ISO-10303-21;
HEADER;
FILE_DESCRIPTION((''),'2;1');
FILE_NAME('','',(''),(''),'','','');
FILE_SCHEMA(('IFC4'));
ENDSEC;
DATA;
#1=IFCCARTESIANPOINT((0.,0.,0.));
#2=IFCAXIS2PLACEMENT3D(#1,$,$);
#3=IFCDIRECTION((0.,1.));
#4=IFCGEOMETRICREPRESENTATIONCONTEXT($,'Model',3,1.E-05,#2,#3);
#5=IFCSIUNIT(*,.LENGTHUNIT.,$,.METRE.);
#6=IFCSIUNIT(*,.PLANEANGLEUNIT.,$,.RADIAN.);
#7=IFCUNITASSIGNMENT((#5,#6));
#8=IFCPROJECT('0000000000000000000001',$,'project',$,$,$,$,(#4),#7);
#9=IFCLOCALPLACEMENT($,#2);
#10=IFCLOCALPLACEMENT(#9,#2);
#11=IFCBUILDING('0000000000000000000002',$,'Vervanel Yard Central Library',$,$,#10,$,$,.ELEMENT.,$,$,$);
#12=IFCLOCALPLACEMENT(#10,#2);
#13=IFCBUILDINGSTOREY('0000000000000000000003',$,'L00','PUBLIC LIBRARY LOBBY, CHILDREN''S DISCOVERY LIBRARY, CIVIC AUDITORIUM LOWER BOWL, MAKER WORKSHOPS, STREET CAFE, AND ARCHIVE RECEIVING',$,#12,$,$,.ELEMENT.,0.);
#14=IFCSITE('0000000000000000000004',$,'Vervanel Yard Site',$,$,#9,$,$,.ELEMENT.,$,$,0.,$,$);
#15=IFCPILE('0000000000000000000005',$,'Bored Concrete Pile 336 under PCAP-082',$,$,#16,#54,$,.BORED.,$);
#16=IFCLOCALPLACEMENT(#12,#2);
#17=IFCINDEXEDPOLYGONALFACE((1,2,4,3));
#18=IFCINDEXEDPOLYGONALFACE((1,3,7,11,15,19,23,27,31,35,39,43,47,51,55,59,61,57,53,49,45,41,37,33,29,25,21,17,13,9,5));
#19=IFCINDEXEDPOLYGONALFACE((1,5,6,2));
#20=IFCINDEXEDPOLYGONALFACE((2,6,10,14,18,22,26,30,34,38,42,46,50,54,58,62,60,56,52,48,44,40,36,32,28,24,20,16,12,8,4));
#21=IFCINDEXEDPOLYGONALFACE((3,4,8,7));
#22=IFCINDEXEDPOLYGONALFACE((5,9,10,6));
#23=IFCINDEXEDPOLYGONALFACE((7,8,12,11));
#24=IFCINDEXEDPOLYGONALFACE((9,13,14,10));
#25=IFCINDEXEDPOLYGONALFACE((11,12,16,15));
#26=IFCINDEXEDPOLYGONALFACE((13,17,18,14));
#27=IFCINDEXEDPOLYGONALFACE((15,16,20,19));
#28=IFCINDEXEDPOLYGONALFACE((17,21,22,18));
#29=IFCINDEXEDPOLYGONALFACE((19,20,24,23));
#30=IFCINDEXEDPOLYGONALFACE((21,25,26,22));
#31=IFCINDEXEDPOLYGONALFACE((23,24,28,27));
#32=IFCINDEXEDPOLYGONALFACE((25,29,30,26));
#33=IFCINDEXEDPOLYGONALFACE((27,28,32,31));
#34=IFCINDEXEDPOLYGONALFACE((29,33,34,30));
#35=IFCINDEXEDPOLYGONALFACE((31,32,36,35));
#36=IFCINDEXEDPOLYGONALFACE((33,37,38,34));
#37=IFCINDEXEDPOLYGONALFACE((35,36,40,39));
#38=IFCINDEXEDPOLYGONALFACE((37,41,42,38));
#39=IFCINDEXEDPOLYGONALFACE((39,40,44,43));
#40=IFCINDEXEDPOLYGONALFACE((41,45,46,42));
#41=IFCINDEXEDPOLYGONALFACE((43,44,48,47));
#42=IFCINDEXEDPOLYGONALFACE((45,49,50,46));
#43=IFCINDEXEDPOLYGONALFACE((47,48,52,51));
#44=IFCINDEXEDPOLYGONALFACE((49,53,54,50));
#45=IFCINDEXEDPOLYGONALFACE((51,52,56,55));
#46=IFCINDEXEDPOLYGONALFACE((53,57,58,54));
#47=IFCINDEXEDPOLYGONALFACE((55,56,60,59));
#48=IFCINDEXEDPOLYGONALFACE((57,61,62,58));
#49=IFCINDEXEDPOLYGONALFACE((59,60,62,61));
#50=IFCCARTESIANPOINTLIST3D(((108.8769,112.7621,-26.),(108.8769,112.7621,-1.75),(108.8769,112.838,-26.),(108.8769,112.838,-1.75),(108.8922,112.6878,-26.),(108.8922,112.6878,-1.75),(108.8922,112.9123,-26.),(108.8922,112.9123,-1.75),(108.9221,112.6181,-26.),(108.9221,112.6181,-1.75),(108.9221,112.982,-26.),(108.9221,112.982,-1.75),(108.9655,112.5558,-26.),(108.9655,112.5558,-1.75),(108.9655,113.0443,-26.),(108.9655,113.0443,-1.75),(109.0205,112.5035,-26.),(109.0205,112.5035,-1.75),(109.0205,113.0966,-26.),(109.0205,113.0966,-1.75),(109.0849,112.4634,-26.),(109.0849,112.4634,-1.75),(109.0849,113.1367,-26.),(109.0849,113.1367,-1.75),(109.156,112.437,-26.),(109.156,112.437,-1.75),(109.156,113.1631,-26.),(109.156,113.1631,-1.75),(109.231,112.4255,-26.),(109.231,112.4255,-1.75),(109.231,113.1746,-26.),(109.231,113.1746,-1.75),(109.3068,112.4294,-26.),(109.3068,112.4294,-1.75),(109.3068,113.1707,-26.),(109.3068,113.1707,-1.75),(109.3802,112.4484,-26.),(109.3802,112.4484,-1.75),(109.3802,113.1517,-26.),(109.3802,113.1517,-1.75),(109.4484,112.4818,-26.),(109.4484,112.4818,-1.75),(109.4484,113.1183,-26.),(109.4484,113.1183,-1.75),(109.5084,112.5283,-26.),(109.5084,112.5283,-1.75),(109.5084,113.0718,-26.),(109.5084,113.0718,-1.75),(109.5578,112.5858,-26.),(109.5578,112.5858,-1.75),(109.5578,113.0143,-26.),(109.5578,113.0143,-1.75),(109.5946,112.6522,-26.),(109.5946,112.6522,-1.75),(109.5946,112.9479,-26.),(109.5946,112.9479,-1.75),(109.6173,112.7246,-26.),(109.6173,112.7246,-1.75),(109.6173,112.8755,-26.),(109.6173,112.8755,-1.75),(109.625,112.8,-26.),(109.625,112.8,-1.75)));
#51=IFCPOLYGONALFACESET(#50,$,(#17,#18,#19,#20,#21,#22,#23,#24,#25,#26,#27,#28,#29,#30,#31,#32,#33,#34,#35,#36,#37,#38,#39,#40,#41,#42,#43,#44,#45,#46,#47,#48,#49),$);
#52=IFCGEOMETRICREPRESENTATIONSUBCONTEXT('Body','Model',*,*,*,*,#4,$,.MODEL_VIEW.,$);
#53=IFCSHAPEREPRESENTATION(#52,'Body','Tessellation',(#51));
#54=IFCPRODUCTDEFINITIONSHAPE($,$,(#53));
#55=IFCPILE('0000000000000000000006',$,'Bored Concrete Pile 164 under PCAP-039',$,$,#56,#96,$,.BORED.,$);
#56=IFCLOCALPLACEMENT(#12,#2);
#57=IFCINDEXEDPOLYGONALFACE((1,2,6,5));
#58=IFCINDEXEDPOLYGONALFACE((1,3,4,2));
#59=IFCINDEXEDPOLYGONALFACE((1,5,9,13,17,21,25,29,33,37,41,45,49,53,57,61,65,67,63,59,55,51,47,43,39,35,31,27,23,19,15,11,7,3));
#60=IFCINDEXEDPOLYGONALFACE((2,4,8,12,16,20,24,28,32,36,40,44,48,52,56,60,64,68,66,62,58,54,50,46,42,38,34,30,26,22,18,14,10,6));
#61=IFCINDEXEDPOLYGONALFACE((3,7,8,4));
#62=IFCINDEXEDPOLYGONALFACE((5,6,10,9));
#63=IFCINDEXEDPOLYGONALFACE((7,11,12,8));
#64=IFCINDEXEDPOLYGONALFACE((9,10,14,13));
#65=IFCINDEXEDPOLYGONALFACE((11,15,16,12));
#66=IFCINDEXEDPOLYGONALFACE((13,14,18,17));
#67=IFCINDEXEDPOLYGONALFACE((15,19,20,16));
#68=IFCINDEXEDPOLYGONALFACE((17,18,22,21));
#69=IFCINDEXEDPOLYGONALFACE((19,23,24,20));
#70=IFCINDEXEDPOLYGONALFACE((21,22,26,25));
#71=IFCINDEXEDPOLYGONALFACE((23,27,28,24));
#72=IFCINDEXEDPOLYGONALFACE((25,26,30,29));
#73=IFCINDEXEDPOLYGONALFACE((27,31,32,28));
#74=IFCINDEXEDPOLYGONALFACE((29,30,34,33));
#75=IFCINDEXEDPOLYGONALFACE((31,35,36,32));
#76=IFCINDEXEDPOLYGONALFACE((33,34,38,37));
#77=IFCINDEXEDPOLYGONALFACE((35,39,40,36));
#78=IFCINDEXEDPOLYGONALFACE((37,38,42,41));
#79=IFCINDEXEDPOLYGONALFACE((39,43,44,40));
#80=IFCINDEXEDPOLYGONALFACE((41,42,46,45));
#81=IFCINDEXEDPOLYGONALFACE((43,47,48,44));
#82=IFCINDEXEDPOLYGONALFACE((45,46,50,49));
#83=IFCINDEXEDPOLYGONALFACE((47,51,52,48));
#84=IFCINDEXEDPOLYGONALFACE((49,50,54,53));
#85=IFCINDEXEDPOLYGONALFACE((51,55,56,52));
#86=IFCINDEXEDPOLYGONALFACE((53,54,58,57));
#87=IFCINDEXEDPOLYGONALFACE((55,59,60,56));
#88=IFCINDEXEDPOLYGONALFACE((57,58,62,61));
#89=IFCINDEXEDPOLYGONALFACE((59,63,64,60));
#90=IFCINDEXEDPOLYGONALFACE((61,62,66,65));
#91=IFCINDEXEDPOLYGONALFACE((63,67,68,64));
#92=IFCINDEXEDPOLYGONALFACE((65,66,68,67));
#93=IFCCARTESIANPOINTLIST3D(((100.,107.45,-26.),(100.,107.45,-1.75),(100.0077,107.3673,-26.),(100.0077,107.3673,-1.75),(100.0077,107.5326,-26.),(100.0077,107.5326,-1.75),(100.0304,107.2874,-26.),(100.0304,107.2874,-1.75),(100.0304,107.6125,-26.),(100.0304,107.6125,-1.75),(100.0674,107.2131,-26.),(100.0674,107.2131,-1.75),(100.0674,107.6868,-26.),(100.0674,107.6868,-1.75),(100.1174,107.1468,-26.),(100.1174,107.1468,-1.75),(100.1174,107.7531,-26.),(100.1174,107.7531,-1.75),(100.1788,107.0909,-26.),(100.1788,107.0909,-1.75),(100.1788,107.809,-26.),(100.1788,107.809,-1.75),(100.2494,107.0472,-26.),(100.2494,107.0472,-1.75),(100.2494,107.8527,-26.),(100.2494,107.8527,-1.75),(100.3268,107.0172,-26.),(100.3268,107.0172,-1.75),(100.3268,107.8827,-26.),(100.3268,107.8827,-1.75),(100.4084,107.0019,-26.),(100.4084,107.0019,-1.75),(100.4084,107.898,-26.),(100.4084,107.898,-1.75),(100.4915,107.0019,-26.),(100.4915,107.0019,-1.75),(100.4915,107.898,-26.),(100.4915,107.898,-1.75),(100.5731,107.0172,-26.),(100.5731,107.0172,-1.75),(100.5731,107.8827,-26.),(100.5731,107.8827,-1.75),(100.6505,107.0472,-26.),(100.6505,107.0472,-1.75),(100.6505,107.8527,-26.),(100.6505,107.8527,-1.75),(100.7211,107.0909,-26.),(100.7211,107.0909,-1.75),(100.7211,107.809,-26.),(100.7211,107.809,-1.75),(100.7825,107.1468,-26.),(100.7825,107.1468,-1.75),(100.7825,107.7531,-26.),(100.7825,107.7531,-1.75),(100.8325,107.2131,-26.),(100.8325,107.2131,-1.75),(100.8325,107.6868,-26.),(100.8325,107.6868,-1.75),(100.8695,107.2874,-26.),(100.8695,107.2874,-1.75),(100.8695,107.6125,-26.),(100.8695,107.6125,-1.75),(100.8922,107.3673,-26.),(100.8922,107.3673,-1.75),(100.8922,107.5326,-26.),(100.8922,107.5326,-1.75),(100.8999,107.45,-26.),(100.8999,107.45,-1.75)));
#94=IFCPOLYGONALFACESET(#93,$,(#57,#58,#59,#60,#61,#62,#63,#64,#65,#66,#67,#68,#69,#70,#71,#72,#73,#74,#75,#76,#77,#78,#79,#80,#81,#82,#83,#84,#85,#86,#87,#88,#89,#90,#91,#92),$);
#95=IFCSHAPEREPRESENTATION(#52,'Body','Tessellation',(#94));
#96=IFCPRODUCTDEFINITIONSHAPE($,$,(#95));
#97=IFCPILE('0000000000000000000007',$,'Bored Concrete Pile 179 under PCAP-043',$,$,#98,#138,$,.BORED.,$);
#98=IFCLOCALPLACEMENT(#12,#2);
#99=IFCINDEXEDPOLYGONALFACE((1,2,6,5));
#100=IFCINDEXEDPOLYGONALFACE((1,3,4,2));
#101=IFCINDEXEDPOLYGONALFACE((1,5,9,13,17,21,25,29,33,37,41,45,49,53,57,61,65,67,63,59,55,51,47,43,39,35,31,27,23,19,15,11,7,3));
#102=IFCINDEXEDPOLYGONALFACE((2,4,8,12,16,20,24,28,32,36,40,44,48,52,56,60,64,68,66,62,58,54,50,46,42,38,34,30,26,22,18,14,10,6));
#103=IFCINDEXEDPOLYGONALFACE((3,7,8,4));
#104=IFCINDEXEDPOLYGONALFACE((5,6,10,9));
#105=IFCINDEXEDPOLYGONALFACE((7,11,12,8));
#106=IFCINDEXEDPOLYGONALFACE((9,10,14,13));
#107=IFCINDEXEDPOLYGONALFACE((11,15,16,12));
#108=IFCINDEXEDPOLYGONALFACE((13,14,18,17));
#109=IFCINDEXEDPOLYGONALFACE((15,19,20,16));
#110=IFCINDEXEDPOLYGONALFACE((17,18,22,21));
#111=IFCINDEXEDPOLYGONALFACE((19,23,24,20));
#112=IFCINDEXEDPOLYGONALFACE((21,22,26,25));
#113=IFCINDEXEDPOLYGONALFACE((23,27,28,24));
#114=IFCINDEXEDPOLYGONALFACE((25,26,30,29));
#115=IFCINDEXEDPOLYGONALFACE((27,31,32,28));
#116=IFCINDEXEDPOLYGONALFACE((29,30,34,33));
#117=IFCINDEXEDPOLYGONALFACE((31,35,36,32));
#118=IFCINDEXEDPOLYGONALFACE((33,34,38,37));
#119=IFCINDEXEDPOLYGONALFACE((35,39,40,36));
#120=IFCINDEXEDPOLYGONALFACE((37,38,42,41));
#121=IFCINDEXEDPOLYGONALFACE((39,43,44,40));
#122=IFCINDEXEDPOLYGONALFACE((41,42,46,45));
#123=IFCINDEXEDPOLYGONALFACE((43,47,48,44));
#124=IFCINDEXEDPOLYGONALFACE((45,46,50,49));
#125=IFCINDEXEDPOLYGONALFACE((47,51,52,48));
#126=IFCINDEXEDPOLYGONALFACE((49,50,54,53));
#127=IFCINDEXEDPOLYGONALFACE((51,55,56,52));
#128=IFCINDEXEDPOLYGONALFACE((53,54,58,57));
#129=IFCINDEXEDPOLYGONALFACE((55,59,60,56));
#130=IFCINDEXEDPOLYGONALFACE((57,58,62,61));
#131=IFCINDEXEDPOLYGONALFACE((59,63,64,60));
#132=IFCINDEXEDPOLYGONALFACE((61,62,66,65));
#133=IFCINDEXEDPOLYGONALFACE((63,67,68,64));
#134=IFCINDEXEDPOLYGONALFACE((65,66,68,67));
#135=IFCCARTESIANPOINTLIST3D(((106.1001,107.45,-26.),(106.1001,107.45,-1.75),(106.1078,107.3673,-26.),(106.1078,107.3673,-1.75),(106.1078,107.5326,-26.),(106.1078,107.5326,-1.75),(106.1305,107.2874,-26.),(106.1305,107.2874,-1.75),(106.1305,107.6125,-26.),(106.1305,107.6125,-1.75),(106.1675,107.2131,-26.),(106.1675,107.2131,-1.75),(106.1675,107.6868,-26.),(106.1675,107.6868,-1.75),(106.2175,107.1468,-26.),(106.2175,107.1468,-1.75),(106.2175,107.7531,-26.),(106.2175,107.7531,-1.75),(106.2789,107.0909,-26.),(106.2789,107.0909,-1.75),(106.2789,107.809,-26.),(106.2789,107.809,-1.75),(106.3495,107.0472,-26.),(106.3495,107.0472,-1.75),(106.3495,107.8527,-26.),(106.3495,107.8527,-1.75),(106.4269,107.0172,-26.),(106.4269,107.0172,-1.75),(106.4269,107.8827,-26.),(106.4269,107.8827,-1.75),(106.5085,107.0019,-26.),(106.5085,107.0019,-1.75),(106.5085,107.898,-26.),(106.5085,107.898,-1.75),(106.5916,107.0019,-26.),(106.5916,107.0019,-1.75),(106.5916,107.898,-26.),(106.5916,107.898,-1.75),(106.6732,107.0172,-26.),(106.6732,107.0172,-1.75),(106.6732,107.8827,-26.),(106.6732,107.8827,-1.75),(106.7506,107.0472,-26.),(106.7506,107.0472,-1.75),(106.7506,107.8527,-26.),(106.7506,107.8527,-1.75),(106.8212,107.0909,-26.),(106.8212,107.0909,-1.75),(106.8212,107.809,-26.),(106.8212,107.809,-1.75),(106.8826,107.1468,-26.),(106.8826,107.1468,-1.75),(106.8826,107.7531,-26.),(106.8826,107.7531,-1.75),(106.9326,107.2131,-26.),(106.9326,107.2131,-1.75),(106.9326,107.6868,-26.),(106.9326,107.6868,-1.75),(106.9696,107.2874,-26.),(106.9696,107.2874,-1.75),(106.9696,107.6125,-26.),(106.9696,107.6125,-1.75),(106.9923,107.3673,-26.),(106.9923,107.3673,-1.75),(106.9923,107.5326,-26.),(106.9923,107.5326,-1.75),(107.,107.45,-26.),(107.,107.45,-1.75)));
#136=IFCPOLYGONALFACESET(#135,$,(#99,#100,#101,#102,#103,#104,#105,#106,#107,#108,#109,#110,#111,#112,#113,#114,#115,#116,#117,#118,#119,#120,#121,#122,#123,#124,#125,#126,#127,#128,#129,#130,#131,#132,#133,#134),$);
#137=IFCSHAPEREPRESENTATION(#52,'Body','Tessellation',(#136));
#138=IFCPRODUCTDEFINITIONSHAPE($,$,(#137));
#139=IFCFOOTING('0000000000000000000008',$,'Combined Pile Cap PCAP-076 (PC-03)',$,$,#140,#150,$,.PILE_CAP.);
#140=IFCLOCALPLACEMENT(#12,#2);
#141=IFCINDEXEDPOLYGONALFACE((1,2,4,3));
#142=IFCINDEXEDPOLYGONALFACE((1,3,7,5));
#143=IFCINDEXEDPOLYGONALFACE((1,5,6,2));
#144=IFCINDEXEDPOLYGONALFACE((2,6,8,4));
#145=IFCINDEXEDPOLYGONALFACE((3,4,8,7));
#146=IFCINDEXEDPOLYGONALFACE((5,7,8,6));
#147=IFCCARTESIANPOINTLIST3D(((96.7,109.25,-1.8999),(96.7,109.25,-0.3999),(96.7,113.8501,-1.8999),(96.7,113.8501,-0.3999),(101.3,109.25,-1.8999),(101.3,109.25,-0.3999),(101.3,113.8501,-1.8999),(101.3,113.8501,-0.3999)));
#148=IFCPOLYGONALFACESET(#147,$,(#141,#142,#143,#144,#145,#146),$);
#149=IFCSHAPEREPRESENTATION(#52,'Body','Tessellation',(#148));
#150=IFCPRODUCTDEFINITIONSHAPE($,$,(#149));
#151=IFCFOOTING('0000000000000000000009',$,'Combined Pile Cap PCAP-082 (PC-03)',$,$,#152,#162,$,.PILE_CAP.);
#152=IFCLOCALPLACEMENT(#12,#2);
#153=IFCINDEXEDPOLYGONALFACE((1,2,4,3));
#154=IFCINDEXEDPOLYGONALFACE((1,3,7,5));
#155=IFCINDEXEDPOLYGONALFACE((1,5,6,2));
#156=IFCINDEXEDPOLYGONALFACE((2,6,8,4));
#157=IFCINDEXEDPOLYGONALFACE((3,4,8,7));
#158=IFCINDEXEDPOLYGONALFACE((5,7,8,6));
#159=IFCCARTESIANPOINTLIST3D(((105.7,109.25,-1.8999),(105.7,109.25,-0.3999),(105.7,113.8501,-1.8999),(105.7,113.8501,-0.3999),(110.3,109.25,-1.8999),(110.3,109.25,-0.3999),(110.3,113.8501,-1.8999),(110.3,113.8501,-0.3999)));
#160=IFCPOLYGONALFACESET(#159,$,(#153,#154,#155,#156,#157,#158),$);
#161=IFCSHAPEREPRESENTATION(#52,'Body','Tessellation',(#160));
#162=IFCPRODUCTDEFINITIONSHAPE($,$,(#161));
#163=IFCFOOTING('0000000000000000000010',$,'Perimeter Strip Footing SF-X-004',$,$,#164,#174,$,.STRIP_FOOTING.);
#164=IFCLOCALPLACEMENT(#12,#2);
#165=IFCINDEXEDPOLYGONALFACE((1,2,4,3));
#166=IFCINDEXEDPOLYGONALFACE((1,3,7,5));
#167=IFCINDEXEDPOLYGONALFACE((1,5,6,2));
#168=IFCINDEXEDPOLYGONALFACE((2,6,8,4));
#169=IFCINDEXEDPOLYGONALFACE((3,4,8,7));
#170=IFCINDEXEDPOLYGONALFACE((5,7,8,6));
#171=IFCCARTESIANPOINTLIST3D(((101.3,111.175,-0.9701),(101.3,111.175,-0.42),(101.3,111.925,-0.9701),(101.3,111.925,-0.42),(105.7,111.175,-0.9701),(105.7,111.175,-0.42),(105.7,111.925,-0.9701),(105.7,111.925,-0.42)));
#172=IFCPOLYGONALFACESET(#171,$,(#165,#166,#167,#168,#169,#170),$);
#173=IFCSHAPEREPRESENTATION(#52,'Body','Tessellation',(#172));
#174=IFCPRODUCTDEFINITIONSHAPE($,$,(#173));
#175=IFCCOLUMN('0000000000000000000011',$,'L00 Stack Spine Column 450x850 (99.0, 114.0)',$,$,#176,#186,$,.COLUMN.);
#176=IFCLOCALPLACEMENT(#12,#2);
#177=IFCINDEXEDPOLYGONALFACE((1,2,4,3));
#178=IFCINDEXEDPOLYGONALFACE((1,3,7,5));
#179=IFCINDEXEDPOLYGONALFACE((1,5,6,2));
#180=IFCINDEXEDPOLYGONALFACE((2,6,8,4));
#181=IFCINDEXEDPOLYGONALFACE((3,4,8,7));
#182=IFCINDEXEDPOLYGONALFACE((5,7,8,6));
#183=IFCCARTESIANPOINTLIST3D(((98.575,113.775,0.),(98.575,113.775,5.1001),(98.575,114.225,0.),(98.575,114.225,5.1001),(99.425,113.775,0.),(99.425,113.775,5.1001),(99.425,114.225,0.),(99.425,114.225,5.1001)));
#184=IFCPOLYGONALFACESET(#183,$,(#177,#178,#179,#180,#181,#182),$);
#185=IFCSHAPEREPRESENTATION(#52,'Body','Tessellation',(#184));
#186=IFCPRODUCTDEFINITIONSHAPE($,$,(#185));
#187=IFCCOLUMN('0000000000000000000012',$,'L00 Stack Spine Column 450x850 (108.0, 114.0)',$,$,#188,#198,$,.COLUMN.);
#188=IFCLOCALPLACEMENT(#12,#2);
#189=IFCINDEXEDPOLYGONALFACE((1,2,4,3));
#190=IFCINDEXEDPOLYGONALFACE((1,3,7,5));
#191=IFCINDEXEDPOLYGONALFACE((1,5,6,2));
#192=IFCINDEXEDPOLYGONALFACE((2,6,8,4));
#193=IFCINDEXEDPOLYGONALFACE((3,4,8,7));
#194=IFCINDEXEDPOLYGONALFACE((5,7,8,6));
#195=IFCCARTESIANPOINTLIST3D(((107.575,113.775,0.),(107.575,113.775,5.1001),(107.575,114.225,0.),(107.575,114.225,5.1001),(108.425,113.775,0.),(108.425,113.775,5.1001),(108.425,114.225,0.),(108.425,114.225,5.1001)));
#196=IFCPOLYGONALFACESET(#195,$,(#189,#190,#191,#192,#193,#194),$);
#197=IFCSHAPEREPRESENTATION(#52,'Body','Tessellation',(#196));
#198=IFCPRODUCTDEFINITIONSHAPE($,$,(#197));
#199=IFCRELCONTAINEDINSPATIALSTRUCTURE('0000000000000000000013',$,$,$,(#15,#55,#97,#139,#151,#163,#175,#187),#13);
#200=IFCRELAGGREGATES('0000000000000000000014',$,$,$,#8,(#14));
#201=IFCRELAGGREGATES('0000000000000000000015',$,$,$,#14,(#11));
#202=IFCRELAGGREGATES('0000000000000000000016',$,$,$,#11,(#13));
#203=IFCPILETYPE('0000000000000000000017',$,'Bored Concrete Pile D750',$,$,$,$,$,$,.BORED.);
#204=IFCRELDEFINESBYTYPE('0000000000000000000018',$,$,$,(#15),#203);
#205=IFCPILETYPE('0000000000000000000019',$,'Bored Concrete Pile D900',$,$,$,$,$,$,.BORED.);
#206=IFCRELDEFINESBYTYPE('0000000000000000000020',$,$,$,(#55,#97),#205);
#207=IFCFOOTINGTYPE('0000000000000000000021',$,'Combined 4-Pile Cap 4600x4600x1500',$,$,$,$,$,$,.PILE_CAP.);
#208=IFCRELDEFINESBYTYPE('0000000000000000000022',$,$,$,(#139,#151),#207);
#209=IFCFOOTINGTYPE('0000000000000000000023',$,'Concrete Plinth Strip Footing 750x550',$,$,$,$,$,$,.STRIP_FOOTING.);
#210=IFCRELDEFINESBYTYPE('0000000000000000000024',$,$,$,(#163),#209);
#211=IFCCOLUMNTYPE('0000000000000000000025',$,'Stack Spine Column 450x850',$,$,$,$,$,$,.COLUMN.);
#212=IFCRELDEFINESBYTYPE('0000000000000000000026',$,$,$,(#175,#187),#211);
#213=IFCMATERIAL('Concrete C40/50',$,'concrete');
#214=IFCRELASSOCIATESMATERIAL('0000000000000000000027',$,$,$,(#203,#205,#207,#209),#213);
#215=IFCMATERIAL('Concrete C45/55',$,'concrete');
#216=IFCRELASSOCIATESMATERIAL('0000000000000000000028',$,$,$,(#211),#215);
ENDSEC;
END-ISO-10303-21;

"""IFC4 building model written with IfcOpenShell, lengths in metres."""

from ifc_helpers import new_model, si_unit, direction, frame, origin, origin_2d, place, context, subcontext, project, spatial, rectangle, circle, extrude, material, material_profile, profile_set, type_object, element, save


model = new_model("IFC4")

# Units and contexts
model_context = context("Model", 3, precision=1e-05, world=origin(), true_north=direction((0.0, 1.0)))
body_context = subcontext(model_context, "Body", "Model", "MODEL_VIEW")
ifc_project = project(units=[si_unit("LENGTHUNIT", "METRE"), si_unit("PLANEANGLEUNIT", "RADIAN")], contexts=[model_context])

# Site, building, storey
site_placement = place(None, origin())
site = spatial("IfcSite", under=ifc_project, at=site_placement, Name="Vervanel Yard Site", CompositionType="ELEMENT", RefElevation=0.0)
building_placement = place(site_placement, origin())
building = spatial("IfcBuilding", under=site, at=building_placement, Name="Vervanel Yard Central Library", CompositionType="ELEMENT")
storey_placement = place(building_placement, origin())
storey = spatial("IfcBuildingStorey", under=building, at=storey_placement, Name="L00", Description="PUBLIC LIBRARY LOBBY, CHILDREN'S DISCOVERY LIBRARY, CIVIC AUDITORIUM LOWER BOWL, MAKER WORKSHOPS, STREET CAFE, AND ARCHIVE RECEIVING", CompositionType="ELEMENT", Elevation=0.0)

# Piles
ifc_material_1 = material(Name="Concrete C40/50", Category="concrete")
ifc_material_profile_1 = material_profile(ifc_material_1, circle(Radius=0.375, at=origin_2d()), Name="BP D750", Category="concrete")
ifc_profile_set_1 = profile_set([ifc_material_profile_1], Name="Concrete C40/50")
pile_type_1 = type_object("IfcPileType", Name="Bored Concrete Pile D750", PredefinedType="BORED", material=ifc_profile_set_1)
for number, where, z_axis, x_axis, name in (
    (1, (109.25, 112.8, -1.75), (0.0, 0.0, -1.0), (1.0, 0.0, 0.0), "Bored Concrete Pile 336 under PCAP-082"),
):
    element("IfcPile", number, at=place(storey_placement, frame(where, z_axis=z_axis, x_axis=x_axis)), inside=storey, type_object=pile_type_1, Name=name, PredefinedType="BORED", context=body_context, shape_type="SweptSolid", body=[
        extrude(circle(Radius=0.375, at=origin_2d()), origin(), (0.0, 0.0, 1.0), 24.25),
    ])
ifc_material_profile_2 = material_profile(ifc_material_1, circle(Radius=0.45, at=origin_2d()), Name="BP D900", Category="concrete")
ifc_profile_set_2 = profile_set([ifc_material_profile_2], Name="Concrete C40/50")
pile_type_2 = type_object("IfcPileType", Name="Bored Concrete Pile D900", PredefinedType="BORED", material=ifc_profile_set_2)
for number, where, z_axis, x_axis, name in (
    (2, (100.45, 107.45, -1.75), (0.0, 0.0, -1.0), (1.0, 0.0, 0.0), "Bored Concrete Pile 164 under PCAP-039"),
    (3, (106.55, 107.45, -1.75), (0.0, 0.0, -1.0), (1.0, 0.0, 0.0), "Bored Concrete Pile 179 under PCAP-043"),
):
    element("IfcPile", number, at=place(storey_placement, frame(where, z_axis=z_axis, x_axis=x_axis)), inside=storey, type_object=pile_type_2, Name=name, PredefinedType="BORED", context=body_context, shape_type="SweptSolid", body=[
        extrude(circle(Radius=0.45, at=origin_2d()), origin(), (0.0, 0.0, 1.0), 24.25),
    ])

# Footings
footing_type_1 = type_object("IfcFootingType", Name="Combined 4-Pile Cap 4600x4600x1500", PredefinedType="PILE_CAP", material=ifc_material_1)
for number, where, z_axis, x_axis, name in (
    (4, (99.0, 111.55, -1.8999), (0.0, 0.0, 1.0), (1.0, 0.0, 0.0), "Combined Pile Cap PCAP-076 (PC-03)"),
    (5, (108.0, 111.55, -1.8999), (0.0, 0.0, 1.0), (1.0, 0.0, 0.0), "Combined Pile Cap PCAP-082 (PC-03)"),
):
    element("IfcFooting", number, at=place(storey_placement, frame(where, z_axis=z_axis, x_axis=x_axis)), inside=storey, type_object=footing_type_1, Name=name, PredefinedType="PILE_CAP", context=body_context, shape_type="SweptSolid", body=[
        extrude(rectangle(XDim=4.6001, YDim=4.6001, at=origin_2d()), origin(), (0.0, 0.0, 1.0), 1.5),
    ])
ifc_material_profile_3 = material_profile(ifc_material_1, rectangle(XDim=0.75, YDim=0.55, at=origin_2d()), Name="RC 750x550", Category="concrete")
ifc_profile_set_3 = profile_set([ifc_material_profile_3], Name="Concrete C40/50")
footing_type_2 = type_object("IfcFootingType", Name="Concrete Plinth Strip Footing 750x550", PredefinedType="STRIP_FOOTING", material=ifc_profile_set_3)
footing_placement = place(storey_placement, frame((101.3, 111.55, -0.6951), z_axis=(1.0, 0.0, 0.0), x_axis=(0.0, 1.0, 0.0)))
element("IfcFooting", 6, at=footing_placement, inside=storey, type_object=footing_type_2, Name="Perimeter Strip Footing SF-X-004", PredefinedType="STRIP_FOOTING", context=body_context, shape_type="SweptSolid", body=[
    extrude(rectangle(XDim=0.75, YDim=0.55, at=origin_2d()), origin(), (0.0, 0.0, 1.0), 4.3999),
])

# Columns
ifc_material_2 = material(Name="Concrete C45/55", Category="concrete")
ifc_material_profile_4 = material_profile(ifc_material_2, rectangle(XDim=0.45, YDim=0.8501, at=origin_2d()), Name="RC 450x850", Category="concrete")
ifc_profile_set_4 = profile_set([ifc_material_profile_4], Name="Concrete C45/55")
column_type = type_object("IfcColumnType", Name="Stack Spine Column 450x850", PredefinedType="COLUMN", material=ifc_profile_set_4)
for number, where, z_axis, x_axis, name in (
    (7, (99.0, 114.0, 0.0), (0.0, 0.0, 1.0), (0.0, 1.0, 0.0), "L00 Stack Spine Column 450x850 (99.0, 114.0)"),
    (8, (108.0, 114.0, 0.0), (0.0, 0.0, 1.0), (0.0, 1.0, 0.0), "L00 Stack Spine Column 450x850 (108.0, 114.0)"),
):
    element("IfcColumn", number, at=place(storey_placement, frame(where, z_axis=z_axis, x_axis=x_axis)), inside=storey, type_object=column_type, Name=name, PredefinedType="COLUMN", context=body_context, shape_type="SweptSolid", body=[
        extrude(rectangle(XDim=0.45, YDim=0.8501, at=origin_2d()), origin(), (0.0, 0.0, 1.0), 5.1001),
    ])

save(model, "model.ifc")
